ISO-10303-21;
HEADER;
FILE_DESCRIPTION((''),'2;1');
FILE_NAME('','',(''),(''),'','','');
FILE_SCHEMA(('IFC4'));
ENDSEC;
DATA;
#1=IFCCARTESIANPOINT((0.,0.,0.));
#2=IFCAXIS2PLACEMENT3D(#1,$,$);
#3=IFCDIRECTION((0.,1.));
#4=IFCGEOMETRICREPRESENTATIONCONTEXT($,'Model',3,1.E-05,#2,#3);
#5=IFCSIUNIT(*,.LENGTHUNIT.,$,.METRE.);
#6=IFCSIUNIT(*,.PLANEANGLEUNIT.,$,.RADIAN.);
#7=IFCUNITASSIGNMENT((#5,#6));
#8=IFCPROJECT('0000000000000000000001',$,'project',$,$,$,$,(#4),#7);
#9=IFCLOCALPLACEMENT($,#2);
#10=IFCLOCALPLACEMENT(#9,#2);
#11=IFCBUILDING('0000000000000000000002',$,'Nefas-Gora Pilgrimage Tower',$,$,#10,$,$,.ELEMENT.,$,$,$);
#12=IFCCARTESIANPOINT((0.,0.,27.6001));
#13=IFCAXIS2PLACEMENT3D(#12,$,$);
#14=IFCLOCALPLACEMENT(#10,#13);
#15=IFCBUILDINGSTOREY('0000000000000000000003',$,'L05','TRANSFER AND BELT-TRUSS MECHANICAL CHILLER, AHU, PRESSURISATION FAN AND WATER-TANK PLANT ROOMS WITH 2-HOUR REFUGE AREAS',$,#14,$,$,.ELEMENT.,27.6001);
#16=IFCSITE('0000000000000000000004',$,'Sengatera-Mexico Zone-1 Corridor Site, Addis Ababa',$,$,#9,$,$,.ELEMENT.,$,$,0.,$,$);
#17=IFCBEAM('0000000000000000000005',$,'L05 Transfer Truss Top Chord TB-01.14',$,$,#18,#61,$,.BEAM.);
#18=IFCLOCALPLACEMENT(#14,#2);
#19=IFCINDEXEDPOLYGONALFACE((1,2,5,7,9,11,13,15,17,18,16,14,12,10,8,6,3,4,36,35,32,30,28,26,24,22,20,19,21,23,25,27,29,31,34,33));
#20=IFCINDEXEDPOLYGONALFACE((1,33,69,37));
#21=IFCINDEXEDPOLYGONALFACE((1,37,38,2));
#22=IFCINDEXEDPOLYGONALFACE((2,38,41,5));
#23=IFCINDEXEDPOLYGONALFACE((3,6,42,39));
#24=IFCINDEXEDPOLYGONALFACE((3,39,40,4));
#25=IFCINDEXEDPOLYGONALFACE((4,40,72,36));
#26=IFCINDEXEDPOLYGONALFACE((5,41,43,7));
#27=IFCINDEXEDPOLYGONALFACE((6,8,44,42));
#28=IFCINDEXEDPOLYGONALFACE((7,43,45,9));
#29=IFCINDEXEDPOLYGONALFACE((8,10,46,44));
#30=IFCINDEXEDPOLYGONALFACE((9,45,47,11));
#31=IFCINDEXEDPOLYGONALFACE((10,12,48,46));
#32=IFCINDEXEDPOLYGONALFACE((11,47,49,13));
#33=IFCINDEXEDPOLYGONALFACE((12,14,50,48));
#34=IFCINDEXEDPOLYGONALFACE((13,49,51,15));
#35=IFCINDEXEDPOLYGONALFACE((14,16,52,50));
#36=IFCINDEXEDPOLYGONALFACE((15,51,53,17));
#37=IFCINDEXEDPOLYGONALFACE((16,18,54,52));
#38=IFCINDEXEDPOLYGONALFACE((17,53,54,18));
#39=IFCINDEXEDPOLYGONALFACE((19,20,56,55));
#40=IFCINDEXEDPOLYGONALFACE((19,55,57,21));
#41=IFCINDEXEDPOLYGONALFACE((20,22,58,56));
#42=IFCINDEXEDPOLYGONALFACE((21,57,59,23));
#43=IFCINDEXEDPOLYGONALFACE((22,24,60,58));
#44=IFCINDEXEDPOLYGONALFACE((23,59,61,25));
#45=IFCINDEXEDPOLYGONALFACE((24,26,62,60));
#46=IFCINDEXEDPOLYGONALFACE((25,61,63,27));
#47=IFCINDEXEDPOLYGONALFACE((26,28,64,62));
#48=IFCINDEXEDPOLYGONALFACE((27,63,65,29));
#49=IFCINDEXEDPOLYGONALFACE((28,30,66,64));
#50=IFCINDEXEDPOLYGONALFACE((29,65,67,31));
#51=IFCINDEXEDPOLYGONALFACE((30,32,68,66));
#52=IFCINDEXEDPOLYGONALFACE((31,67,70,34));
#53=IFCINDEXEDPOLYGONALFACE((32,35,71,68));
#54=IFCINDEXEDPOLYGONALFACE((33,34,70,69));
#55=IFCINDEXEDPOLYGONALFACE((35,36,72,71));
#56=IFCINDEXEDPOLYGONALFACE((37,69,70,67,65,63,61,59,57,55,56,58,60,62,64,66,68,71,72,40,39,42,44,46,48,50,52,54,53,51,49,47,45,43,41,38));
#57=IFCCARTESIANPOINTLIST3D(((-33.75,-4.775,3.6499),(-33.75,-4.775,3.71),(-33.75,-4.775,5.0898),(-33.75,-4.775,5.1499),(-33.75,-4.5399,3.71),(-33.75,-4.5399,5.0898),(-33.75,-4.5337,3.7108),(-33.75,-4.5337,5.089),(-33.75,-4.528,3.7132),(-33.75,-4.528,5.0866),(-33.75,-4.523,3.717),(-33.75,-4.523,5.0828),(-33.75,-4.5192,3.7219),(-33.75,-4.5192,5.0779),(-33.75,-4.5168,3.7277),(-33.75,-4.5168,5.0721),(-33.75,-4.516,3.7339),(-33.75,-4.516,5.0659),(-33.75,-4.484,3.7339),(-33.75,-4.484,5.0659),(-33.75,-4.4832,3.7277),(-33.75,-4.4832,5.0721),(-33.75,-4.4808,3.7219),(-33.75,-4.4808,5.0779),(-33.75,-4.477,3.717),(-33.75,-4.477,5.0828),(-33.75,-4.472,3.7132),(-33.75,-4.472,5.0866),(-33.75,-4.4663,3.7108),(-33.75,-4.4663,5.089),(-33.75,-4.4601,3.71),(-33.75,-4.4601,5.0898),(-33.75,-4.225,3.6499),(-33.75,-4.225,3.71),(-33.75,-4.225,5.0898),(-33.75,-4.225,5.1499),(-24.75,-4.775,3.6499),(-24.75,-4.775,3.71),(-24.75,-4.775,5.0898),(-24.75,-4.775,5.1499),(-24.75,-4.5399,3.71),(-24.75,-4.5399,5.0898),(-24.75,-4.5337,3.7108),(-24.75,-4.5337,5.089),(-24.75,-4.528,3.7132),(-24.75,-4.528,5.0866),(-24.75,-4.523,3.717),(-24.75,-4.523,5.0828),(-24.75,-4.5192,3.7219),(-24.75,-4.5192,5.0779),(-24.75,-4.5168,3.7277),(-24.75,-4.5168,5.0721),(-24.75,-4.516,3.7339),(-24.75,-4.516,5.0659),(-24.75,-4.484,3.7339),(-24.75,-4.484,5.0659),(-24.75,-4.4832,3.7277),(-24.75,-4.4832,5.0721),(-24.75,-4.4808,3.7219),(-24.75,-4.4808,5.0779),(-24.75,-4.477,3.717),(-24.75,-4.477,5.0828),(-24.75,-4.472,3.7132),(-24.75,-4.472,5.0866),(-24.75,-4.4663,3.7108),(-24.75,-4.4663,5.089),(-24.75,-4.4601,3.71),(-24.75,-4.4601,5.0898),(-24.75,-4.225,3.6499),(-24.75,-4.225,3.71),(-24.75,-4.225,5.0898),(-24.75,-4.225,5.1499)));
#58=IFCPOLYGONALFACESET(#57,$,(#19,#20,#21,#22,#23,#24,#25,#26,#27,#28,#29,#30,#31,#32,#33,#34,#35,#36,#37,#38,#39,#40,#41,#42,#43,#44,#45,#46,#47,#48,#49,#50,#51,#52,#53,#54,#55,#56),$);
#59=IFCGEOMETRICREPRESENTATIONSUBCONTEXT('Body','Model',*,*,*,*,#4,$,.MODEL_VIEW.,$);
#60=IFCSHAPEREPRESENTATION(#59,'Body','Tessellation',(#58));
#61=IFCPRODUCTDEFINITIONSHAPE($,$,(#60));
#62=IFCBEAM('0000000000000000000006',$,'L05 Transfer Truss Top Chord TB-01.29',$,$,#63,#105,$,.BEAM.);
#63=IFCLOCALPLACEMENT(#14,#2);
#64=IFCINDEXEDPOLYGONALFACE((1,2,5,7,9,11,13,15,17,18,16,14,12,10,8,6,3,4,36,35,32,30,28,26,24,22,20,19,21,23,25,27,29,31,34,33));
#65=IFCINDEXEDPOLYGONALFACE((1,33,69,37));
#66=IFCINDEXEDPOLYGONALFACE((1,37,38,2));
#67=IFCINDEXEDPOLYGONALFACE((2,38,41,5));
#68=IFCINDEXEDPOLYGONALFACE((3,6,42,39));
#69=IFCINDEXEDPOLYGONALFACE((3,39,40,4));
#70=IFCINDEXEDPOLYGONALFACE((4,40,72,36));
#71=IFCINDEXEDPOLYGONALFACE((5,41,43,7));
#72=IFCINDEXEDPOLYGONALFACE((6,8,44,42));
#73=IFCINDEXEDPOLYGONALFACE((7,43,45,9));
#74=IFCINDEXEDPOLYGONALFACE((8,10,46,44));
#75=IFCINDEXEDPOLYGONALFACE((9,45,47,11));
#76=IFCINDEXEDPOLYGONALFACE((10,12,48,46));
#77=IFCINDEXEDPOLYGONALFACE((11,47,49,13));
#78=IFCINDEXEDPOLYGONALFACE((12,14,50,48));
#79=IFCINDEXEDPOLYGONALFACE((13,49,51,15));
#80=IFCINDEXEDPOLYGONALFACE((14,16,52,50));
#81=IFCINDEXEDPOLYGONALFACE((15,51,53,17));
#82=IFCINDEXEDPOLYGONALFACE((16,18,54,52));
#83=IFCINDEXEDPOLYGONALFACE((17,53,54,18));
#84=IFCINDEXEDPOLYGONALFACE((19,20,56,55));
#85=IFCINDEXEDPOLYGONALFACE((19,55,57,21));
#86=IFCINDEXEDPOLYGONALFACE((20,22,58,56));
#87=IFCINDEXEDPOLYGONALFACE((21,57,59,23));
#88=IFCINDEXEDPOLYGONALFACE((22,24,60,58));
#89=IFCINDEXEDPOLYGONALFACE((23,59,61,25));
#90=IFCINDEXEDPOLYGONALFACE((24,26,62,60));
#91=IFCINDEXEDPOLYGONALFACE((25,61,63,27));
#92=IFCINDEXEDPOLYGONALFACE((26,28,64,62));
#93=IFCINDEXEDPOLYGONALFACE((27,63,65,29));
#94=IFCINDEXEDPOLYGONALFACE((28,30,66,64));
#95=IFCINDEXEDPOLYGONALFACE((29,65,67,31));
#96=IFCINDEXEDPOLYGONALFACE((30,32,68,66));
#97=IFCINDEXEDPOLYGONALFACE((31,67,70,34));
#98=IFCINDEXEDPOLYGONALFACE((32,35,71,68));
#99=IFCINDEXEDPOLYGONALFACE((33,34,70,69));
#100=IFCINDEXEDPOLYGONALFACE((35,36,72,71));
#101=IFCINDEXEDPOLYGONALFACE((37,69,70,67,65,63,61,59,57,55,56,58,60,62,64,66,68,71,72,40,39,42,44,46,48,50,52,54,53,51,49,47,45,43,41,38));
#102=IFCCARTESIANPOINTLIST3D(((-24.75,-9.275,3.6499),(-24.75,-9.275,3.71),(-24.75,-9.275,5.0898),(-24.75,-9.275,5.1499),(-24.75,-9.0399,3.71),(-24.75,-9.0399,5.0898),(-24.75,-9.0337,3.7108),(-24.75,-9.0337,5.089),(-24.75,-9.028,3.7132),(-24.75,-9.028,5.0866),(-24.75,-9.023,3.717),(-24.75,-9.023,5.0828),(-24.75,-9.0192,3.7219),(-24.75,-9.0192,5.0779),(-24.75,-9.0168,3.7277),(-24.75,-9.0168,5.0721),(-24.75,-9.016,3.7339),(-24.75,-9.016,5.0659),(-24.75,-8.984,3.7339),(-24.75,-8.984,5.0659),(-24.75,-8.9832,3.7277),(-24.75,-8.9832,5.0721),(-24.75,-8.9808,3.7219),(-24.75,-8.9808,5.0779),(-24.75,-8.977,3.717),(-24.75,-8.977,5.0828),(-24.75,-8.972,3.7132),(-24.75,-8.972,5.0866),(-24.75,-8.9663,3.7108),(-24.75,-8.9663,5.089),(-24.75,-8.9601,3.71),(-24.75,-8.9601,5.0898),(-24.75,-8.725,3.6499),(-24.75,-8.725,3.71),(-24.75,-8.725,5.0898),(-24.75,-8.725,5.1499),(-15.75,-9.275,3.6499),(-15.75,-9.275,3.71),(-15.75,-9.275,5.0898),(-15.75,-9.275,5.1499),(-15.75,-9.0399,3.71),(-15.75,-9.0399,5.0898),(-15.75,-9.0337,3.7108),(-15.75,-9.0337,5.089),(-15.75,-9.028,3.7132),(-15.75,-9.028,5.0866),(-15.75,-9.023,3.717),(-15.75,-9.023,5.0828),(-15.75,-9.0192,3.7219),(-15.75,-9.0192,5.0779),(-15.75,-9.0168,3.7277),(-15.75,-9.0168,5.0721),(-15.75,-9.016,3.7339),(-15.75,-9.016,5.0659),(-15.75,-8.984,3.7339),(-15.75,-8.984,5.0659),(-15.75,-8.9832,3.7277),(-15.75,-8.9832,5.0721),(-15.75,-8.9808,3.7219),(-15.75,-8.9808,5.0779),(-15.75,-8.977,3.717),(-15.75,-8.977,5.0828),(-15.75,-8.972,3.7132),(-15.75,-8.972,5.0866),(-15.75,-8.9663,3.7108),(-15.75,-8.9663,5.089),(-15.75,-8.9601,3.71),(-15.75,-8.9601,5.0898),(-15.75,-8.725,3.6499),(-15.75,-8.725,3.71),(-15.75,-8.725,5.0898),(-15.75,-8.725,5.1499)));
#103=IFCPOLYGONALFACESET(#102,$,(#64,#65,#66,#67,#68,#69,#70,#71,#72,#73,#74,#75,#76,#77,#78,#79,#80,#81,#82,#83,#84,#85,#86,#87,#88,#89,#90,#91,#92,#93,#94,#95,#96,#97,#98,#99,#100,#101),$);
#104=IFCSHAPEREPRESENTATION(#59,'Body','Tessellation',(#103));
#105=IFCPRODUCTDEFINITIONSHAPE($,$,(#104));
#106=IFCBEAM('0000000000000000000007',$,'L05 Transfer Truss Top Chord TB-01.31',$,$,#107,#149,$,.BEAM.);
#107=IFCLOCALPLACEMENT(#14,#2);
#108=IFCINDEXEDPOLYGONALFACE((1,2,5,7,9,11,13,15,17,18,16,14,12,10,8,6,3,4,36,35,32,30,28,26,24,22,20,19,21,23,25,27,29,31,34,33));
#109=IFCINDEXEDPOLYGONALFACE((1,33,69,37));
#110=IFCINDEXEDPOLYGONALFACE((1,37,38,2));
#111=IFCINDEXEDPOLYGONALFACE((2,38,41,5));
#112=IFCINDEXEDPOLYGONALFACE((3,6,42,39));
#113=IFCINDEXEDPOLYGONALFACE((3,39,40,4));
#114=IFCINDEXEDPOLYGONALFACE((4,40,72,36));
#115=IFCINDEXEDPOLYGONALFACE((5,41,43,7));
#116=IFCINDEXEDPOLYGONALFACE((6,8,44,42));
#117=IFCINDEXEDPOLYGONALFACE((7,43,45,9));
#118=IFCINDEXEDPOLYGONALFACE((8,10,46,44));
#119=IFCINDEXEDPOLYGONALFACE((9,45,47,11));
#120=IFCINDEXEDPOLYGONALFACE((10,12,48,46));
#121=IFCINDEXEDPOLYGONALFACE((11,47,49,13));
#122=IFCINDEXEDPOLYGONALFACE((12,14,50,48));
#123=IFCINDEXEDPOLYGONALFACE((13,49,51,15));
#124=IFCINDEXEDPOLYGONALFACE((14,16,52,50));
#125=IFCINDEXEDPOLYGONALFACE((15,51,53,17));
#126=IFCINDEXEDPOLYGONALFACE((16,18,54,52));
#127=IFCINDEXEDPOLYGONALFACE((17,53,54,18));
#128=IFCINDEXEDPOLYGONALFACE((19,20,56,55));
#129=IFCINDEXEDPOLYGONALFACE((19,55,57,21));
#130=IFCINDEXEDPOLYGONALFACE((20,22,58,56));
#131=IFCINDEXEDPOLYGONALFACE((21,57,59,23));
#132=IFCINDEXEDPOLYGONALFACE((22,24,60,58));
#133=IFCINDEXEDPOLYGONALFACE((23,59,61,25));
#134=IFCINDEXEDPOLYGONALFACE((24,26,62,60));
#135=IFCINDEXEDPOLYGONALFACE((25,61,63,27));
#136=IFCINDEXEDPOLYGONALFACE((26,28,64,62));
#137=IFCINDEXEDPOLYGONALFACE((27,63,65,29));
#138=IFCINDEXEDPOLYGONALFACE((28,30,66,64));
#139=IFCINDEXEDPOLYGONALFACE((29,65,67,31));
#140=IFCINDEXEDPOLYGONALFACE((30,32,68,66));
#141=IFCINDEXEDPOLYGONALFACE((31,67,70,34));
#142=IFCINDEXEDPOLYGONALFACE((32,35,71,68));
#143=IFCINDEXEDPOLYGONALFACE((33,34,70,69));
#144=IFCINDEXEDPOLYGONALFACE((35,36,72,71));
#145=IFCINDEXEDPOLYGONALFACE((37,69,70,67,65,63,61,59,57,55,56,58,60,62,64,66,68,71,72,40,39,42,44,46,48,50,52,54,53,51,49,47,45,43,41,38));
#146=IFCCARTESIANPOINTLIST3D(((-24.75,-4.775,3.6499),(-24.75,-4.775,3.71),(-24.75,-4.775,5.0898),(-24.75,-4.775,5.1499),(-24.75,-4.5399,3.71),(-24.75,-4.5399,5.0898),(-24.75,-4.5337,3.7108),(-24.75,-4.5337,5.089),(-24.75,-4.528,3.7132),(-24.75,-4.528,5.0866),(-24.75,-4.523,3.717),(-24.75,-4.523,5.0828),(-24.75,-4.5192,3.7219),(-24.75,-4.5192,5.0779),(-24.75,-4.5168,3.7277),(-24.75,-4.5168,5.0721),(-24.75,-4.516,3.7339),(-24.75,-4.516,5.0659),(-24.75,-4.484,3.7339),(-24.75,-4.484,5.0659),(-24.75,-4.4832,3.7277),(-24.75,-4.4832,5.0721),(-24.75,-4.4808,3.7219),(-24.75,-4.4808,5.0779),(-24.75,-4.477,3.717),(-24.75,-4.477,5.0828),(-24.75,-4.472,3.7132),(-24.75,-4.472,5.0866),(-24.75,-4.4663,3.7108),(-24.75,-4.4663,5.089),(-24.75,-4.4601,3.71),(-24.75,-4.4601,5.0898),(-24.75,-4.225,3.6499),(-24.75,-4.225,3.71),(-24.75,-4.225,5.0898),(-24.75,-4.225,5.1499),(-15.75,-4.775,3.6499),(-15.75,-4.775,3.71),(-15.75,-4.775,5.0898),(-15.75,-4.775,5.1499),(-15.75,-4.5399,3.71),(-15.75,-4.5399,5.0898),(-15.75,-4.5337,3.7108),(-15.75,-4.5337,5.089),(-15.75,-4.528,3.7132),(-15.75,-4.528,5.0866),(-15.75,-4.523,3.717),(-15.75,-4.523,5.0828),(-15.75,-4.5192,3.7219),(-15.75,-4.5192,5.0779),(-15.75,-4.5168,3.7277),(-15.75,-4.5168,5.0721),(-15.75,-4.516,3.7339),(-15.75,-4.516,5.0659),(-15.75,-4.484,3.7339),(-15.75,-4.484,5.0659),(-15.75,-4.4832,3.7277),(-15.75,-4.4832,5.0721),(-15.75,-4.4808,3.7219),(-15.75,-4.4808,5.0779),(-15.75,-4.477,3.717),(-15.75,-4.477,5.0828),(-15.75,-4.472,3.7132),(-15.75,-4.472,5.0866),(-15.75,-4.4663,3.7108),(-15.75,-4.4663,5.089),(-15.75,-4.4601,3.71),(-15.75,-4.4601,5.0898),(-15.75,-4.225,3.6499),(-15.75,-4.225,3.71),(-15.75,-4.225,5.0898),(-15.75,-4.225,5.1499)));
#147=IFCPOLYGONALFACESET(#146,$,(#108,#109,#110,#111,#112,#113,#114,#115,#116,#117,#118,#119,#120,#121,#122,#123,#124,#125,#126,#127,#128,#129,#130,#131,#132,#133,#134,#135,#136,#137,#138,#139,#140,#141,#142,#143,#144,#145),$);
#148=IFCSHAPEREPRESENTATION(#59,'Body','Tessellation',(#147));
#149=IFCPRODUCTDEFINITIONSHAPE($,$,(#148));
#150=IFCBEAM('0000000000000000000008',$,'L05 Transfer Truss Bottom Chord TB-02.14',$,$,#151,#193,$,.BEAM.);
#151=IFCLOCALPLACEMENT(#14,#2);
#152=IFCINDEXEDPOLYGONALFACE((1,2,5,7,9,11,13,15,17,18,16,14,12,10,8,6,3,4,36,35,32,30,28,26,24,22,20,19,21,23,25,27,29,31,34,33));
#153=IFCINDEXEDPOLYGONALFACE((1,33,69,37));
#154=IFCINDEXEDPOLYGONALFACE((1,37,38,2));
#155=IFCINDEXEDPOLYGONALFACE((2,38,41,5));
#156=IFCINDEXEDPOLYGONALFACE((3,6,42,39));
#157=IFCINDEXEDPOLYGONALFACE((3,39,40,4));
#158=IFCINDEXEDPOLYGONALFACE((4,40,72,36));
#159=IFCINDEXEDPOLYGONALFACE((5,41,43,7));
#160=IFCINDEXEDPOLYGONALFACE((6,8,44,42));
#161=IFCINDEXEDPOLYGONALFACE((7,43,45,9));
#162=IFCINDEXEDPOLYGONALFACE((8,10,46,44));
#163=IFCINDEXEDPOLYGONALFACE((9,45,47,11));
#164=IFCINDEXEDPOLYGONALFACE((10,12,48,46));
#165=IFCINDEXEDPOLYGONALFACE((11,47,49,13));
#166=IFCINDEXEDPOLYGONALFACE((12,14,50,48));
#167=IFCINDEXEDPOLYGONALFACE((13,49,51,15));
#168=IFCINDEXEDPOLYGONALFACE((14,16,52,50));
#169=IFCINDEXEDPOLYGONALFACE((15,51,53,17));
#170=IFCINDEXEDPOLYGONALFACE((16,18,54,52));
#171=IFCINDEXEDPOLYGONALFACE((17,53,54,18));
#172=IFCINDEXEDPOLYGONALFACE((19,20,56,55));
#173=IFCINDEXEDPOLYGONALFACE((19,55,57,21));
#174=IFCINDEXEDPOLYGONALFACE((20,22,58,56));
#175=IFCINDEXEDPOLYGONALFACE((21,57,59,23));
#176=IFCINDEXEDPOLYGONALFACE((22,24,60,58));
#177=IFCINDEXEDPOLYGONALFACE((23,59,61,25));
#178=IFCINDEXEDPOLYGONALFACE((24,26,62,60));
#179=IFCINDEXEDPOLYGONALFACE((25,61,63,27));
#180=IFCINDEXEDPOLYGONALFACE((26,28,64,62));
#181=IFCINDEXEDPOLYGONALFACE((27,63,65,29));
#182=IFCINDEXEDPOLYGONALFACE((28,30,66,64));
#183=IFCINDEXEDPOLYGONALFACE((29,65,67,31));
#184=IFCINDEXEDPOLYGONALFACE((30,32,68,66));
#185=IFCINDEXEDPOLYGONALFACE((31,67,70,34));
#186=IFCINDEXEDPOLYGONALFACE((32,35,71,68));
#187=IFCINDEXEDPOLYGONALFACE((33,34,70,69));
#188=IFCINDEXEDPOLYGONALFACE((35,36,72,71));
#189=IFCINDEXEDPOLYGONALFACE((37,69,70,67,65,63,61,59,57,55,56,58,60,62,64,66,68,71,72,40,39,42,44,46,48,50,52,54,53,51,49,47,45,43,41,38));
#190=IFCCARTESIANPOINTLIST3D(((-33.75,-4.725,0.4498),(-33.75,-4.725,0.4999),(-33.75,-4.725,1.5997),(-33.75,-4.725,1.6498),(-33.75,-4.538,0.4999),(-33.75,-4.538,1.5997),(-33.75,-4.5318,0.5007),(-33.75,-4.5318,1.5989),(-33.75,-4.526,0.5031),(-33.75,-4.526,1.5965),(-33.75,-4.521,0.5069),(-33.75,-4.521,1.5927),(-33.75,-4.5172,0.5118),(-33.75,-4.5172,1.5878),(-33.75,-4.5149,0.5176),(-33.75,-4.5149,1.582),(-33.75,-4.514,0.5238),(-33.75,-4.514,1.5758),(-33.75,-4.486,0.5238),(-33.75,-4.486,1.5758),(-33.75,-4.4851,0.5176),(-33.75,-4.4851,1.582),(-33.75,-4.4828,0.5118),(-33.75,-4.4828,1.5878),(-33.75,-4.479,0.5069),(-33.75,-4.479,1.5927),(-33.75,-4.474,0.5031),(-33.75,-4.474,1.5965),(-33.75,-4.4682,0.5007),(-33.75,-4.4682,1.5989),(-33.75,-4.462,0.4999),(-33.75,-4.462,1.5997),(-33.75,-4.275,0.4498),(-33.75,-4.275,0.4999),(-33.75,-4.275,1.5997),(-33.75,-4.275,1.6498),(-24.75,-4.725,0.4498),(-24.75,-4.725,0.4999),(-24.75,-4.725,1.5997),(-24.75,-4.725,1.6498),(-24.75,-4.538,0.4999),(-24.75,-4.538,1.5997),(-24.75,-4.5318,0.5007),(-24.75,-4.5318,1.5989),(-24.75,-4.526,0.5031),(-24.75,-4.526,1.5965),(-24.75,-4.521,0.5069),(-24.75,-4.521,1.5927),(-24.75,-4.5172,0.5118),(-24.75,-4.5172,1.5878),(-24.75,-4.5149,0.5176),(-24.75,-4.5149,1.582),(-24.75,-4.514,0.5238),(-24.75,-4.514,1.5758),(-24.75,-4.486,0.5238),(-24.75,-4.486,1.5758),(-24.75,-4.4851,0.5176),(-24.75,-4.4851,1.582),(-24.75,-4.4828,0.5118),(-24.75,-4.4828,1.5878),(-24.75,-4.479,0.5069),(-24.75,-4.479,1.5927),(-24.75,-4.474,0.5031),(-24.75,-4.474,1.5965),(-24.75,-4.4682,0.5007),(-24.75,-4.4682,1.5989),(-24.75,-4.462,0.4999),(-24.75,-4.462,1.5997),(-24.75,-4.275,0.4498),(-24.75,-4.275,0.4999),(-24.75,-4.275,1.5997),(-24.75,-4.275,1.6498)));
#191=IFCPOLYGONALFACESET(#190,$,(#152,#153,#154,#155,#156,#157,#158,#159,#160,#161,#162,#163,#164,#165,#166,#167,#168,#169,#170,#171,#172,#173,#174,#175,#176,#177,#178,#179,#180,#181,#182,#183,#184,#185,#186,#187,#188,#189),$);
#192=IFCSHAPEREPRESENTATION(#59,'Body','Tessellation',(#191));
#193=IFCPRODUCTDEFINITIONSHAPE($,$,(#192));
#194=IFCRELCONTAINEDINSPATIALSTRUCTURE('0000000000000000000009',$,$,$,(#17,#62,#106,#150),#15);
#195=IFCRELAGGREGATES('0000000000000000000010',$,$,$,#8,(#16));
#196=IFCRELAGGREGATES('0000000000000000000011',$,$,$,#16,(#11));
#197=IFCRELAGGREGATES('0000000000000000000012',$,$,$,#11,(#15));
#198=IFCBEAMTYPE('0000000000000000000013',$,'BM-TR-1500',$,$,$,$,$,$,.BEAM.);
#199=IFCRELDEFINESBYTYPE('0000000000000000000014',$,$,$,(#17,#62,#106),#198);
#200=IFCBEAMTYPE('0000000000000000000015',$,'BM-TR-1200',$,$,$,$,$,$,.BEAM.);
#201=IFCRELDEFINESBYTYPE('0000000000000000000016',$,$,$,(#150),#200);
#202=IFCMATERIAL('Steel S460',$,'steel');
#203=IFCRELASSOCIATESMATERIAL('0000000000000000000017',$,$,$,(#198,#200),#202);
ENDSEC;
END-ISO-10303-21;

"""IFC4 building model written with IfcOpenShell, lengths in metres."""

from ifc_helpers import new_model, si_unit, direction, frame, origin, origin_2d, place, context, subcontext, project, spatial, i_section, extrude, source, transform, mapped, material, material_profile, profile_set, type_object, element, save


model = new_model("IFC4")

# Units and contexts
model_context = context("Model", 3, precision=1e-05, world=origin(), true_north=direction((0.0, 1.0)))
body_context = subcontext(model_context, "Body", "Model", "MODEL_VIEW")
ifc_project = project(units=[si_unit("LENGTHUNIT", "METRE"), si_unit("PLANEANGLEUNIT", "RADIAN")], contexts=[model_context])

# Site, building, storey
site_placement = place(None, origin())
site = spatial("IfcSite", under=ifc_project, at=site_placement, Name="Sengatera-Mexico Zone-1 Corridor Site, Addis Ababa", CompositionType="ELEMENT", RefElevation=0.0)
building_placement = place(site_placement, origin())
building = spatial("IfcBuilding", under=site, at=building_placement, Name="Nefas-Gora Pilgrimage Tower", CompositionType="ELEMENT")
storey_placement = place(building_placement, frame((0.0, 0.0, 27.6001)))
storey = spatial("IfcBuildingStorey", under=building, at=storey_placement, Name="L05", Description="TRANSFER AND BELT-TRUSS MECHANICAL CHILLER, AHU, PRESSURISATION FAN AND WATER-TANK PLANT ROOMS WITH 2-HOUR REFUGE AREAS", CompositionType="ELEMENT", Elevation=27.6001)

# Shared definitions
ifc_material_1 = material(Name="Steel S460", Category="steel")

# Shared definitions
ifc_material_profile_1 = material_profile(ifc_material_1, i_section(OverallWidth=0.55, OverallDepth=1.5, WebThickness=0.032, FlangeThickness=0.0601, FilletRadius=0.0239, at=origin_2d()), Name="WPG 1500x550x32x60")
ifc_profile_set_1 = profile_set([ifc_material_profile_1], Name="Steel S460")
beam_type_1 = type_object("IfcBeamType", Name="BM-TR-1500", PredefinedType="BEAM", material=ifc_profile_set_1)
ifc_material_profile_2 = material_profile(ifc_material_1, i_section(OverallWidth=0.45, OverallDepth=1.2, WebThickness=0.0281, FlangeThickness=0.05, FilletRadius=0.0239, at=origin_2d()), Name="WPG 1200x450x28x50")
ifc_profile_set_2 = profile_set([ifc_material_profile_2], Name="Steel S460")
beam_type_2 = type_object("IfcBeamType", Name="BM-TR-1200", PredefinedType="BEAM", material=ifc_profile_set_2)

# Beams
shared_shape_1 = source(origin(), body_context, "Body", "SweptSolid", [
    extrude(i_section(OverallWidth=0.55, OverallDepth=1.5, WebThickness=0.032, FlangeThickness=0.0601, FilletRadius=0.0239, at=origin_2d()), origin(), (0.0, 0.0, 1.0), 9.0),
])
for number, where, z_axis, x_axis, name in (
    (1, (-33.75, -4.5, 4.3999), (1.0, 0.0, 0.0), (0.0, 1.0, 0.0), "L05 Transfer Truss Top Chord TB-01.14"),
    (2, (-24.75, -9.0, 4.3999), (1.0, 0.0, 0.0), (0.0, 1.0, 0.0), "L05 Transfer Truss Top Chord TB-01.29"),
    (3, (-24.75, -4.5, 4.3999), (1.0, 0.0, 0.0), (0.0, 1.0, 0.0), "L05 Transfer Truss Top Chord TB-01.31"),
):
    element("IfcBeam", number, at=place(storey_placement, frame(where, z_axis=z_axis, x_axis=x_axis)), inside=storey, type_object=beam_type_1, Name=name, PredefinedType="BEAM", context=body_context, shape_type="MappedRepresentation", body=[
        mapped(shared_shape_1, transform((0.0, 0.0, 0.0), x_axis=(1.0, 0.0, 0.0), y_axis=(0.0, 1.0, 0.0), z_axis=(0.0, 0.0, 1.0), scale=1.0)),
    ])
shared_shape_2 = source(origin(), body_context, "Body", "SweptSolid", [
    extrude(i_section(OverallWidth=0.45, OverallDepth=1.2, WebThickness=0.0281, FlangeThickness=0.05, FilletRadius=0.0239, at=origin_2d()), origin(), (0.0, 0.0, 1.0), 9.0),
])
beam_placement = place(storey_placement, frame((-33.75, -4.5, 1.0498), z_axis=(1.0, 0.0, 0.0), x_axis=(0.0, 1.0, 0.0)))
element("IfcBeam", 4, at=beam_placement, inside=storey, type_object=beam_type_2, Name="L05 Transfer Truss Bottom Chord TB-02.14", PredefinedType="BEAM", context=body_context, shape_type="MappedRepresentation", body=[
    mapped(shared_shape_2, transform((0.0, 0.0, 0.0), x_axis=(1.0, 0.0, 0.0), y_axis=(0.0, 1.0, 0.0), z_axis=(0.0, 0.0, 1.0), scale=1.0)),
])

save(model, "model.ifc")
